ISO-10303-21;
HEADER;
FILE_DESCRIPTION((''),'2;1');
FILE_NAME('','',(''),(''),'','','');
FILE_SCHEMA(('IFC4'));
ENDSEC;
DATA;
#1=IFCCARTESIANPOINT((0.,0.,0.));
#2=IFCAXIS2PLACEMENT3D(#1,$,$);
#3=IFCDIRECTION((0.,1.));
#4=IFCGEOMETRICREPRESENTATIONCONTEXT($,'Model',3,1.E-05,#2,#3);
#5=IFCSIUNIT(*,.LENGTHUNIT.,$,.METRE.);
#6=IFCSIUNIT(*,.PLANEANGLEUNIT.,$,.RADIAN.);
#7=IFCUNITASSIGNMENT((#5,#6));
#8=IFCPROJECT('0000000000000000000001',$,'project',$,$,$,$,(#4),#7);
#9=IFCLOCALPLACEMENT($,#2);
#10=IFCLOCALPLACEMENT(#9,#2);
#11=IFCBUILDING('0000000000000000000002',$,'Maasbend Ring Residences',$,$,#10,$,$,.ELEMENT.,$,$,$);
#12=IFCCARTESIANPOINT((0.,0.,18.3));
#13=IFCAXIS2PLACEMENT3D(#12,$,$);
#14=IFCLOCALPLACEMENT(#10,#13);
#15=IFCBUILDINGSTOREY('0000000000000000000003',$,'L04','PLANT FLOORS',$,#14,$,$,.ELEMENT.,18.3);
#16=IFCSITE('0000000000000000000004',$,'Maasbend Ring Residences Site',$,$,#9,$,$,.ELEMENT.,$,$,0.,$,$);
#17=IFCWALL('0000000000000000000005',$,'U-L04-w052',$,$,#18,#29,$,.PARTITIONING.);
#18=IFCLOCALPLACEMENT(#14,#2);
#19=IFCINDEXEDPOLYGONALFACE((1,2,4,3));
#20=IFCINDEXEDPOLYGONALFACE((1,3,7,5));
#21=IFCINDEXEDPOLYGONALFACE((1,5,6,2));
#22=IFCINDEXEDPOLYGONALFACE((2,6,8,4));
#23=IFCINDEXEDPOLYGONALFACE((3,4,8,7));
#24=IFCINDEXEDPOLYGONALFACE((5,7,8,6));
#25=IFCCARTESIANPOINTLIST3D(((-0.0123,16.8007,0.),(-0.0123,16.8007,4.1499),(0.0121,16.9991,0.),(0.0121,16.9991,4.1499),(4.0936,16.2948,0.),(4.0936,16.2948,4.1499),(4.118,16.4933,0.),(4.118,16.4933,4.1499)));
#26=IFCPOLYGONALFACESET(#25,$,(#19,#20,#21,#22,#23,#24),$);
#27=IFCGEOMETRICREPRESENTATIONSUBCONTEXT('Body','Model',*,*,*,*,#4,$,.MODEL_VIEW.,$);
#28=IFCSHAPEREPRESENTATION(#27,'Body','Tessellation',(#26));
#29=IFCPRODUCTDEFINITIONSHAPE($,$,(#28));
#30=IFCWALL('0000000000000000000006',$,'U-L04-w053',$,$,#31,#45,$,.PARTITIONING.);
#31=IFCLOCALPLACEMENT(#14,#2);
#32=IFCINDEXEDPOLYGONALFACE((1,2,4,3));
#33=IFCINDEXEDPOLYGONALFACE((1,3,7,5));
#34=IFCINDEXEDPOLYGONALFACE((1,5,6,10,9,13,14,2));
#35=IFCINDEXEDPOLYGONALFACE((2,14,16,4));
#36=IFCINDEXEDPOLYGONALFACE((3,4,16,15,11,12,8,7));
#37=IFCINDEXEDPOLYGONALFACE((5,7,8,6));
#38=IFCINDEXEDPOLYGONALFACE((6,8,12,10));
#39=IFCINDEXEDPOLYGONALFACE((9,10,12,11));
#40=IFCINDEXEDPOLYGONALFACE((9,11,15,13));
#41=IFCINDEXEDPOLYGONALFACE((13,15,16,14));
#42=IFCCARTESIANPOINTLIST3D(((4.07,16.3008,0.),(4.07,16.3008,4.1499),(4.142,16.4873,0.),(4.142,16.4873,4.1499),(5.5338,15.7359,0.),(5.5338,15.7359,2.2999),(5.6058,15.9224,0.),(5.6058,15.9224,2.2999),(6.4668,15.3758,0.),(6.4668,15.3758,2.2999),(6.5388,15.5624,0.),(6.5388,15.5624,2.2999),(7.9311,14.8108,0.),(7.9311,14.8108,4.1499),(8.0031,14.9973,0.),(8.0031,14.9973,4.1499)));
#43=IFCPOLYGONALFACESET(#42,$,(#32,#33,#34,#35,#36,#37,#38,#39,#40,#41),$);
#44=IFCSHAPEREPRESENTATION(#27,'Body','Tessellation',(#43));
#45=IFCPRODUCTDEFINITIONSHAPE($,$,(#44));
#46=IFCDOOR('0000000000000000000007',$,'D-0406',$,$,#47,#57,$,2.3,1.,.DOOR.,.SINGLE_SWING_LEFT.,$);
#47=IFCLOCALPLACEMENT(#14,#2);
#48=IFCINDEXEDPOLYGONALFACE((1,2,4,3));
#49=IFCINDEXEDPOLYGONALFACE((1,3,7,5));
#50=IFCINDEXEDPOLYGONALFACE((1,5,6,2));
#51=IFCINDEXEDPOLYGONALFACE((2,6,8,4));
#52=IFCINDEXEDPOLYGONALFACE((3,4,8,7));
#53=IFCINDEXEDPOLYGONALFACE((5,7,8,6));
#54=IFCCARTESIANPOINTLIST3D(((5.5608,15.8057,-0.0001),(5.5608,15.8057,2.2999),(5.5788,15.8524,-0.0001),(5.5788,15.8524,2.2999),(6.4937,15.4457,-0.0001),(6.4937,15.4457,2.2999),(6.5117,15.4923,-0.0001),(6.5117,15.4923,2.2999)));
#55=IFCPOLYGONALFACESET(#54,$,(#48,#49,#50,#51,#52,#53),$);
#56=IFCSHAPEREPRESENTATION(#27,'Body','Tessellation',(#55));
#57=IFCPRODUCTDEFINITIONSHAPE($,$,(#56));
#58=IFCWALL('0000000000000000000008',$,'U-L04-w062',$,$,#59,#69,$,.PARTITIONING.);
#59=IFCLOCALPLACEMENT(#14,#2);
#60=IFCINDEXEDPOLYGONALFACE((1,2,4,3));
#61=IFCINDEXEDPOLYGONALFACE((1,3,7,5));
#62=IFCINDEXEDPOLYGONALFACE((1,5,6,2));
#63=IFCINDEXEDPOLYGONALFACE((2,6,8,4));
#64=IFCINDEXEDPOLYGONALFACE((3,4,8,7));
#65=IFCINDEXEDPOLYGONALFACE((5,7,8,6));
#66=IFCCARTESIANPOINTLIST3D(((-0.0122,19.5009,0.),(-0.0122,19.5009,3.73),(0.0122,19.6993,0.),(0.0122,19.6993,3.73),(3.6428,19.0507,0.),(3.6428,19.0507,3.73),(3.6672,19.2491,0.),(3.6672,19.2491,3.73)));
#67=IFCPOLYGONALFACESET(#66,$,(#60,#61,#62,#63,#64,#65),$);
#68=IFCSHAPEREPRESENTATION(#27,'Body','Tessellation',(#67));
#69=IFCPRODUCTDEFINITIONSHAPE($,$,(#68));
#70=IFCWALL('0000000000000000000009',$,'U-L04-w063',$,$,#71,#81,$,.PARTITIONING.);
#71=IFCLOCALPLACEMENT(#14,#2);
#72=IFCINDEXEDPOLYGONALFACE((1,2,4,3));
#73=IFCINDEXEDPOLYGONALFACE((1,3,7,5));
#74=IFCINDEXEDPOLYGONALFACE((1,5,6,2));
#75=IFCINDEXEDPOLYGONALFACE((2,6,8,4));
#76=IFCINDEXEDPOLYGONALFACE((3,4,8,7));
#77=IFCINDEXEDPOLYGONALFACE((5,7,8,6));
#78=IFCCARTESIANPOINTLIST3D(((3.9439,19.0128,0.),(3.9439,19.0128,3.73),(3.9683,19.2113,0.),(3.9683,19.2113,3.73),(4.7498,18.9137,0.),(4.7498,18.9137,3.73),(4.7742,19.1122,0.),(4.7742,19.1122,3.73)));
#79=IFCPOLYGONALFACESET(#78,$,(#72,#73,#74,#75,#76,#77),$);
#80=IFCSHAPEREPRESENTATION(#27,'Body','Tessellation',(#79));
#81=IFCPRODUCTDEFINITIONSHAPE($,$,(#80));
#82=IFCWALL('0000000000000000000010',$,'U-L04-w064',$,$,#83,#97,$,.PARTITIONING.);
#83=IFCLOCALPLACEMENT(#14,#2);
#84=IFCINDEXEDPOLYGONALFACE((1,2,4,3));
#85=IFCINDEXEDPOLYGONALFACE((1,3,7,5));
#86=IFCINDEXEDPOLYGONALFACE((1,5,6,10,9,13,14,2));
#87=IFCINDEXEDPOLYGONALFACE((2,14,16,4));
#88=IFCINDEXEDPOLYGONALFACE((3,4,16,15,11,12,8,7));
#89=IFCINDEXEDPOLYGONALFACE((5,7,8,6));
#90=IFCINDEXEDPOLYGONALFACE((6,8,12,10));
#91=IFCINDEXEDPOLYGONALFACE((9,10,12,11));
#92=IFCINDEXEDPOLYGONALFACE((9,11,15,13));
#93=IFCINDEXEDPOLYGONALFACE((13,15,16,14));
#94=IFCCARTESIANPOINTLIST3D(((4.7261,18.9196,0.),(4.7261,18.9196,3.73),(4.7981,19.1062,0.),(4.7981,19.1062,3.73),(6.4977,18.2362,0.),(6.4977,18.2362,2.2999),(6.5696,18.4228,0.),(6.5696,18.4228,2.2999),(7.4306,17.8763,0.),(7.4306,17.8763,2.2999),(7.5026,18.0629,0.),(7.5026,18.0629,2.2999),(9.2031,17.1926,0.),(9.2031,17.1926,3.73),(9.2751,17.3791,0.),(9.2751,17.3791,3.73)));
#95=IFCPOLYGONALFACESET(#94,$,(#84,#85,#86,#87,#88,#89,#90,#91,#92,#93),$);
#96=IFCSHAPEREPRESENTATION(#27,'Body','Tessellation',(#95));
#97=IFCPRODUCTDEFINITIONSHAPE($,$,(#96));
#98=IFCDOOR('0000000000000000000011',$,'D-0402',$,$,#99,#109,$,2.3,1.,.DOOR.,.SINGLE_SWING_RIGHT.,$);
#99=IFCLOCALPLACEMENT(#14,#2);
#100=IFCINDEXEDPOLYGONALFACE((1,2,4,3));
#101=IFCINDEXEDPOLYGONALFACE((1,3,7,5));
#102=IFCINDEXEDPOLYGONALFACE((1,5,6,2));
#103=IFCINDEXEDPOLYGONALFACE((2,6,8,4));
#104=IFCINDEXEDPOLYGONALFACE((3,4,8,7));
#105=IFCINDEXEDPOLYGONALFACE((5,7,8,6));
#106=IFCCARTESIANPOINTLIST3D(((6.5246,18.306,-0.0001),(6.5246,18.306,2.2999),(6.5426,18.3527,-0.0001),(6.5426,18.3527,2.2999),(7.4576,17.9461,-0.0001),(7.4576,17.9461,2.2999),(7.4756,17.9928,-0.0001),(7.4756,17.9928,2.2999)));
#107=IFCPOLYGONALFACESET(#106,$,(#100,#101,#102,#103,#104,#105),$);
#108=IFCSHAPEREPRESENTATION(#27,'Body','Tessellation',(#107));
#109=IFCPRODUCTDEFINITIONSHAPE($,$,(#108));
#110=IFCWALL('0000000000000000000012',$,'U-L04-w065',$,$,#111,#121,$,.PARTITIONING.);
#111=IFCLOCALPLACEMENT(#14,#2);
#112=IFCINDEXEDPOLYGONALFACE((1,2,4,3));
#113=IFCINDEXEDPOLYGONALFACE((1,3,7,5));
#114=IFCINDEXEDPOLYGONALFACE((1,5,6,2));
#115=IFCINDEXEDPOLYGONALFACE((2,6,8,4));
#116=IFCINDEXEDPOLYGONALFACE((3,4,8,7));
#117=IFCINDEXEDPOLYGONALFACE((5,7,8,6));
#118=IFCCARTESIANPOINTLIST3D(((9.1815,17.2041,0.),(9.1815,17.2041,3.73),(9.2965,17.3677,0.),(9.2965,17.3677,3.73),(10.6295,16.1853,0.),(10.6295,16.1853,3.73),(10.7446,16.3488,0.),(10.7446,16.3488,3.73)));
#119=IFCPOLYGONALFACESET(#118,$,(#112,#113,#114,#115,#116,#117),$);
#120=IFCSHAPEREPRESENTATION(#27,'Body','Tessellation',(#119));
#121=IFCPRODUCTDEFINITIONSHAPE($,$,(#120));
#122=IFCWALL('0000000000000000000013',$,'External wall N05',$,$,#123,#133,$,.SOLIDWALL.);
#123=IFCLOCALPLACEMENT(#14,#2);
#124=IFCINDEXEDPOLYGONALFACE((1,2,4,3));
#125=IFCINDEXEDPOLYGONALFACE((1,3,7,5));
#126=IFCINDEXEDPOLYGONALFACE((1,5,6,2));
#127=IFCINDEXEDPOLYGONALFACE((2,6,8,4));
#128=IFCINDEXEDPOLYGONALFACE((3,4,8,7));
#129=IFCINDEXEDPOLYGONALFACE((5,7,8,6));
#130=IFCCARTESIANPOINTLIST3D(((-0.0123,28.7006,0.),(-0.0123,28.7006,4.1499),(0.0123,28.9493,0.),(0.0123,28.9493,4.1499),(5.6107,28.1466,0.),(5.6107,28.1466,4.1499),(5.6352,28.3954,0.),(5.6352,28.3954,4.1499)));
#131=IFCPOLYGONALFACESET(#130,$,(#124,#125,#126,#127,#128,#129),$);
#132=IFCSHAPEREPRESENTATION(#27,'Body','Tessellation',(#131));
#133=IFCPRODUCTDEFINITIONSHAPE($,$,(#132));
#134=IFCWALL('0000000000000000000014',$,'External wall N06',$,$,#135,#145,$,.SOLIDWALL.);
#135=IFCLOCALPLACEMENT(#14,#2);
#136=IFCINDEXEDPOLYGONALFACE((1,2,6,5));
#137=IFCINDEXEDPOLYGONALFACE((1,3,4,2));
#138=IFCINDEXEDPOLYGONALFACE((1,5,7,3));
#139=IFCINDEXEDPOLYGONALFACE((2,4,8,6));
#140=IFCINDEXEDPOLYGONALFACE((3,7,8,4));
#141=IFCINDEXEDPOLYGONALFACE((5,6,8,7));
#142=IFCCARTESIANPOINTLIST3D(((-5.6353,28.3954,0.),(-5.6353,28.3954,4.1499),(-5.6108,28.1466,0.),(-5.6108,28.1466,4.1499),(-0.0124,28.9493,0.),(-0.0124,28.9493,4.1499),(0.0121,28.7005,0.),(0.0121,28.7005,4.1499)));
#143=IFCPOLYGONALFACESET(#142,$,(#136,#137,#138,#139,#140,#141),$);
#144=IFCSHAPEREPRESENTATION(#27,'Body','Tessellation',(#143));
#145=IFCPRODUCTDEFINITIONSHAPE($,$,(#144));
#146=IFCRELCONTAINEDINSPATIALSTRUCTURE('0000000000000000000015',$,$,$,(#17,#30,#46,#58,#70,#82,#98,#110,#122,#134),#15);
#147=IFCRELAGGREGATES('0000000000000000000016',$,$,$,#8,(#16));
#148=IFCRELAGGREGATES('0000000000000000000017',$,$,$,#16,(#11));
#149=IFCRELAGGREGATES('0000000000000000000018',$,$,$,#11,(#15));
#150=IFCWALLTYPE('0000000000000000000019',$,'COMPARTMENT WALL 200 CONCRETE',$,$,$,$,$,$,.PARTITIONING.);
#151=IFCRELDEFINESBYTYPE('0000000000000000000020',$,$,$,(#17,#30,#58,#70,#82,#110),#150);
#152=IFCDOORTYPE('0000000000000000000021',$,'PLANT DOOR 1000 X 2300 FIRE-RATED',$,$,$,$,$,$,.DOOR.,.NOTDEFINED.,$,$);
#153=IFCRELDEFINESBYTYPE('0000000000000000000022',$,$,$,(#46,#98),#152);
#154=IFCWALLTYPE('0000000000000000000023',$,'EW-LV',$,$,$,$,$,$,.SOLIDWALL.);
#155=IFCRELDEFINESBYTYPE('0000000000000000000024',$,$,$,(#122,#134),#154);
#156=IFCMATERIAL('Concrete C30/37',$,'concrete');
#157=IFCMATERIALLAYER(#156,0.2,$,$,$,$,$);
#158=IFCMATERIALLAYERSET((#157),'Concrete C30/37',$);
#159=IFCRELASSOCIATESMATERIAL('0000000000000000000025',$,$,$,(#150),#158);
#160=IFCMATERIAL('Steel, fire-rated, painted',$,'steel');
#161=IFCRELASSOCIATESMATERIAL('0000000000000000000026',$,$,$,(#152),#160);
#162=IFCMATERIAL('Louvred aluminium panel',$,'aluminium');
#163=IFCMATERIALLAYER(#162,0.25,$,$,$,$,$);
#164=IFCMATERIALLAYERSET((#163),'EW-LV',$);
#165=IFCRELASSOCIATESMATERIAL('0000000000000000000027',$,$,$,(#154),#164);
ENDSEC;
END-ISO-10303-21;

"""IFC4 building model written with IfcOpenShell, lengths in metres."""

from ifc_helpers import new_model, si_unit, direction, frame, frame_2d, origin, place, context, subcontext, project, spatial, rectangle, extrude, material, layer, layer_set, type_object, element, fill, save


model = new_model("IFC4")

# Units and contexts
model_context = context("Model", 3, precision=1e-05, world=origin(), true_north=direction((0.0, 1.0)))
body_context = subcontext(model_context, "Body", "Model", "MODEL_VIEW")
ifc_project = project(units=[si_unit("LENGTHUNIT", "METRE"), si_unit("PLANEANGLEUNIT", "RADIAN")], contexts=[model_context])

# Site, building, storey
site_placement = place(None, origin())
site = spatial("IfcSite", under=ifc_project, at=site_placement, Name="Maasbend Ring Residences Site", CompositionType="ELEMENT", RefElevation=0.0)
building_placement = place(site_placement, origin())
building = spatial("IfcBuilding", under=site, at=building_placement, Name="Maasbend Ring Residences", CompositionType="ELEMENT")
storey_placement = place(building_placement, frame((0.0, 0.0, 18.3)))
storey = spatial("IfcBuildingStorey", under=building, at=storey_placement, Name="L04", Description="PLANT FLOORS", CompositionType="ELEMENT", Elevation=18.3)

# Wall
ifc_material_1 = material(Name="Concrete C30/37", Category="concrete")
ifc_layer_1 = layer(ifc_material_1, 0.2)
ifc_layer_set_1 = layer_set([ifc_layer_1], Name="Concrete C30/37")
wall_type_1 = type_object("IfcWallType", Name="COMPARTMENT WALL 200 CONCRETE", PredefinedType="PARTITIONING", material=ifc_layer_set_1)
wall_1_placement = place(storey_placement, frame((0.0, 16.8999, 0.0), z_axis=(0.0, 0.0, 1.0), x_axis=(0.992496, -0.122277, 0.0)))
element("IfcWall", 1, at=wall_1_placement, inside=storey, type_object=wall_type_1, Name="U-L04-w052", PredefinedType="PARTITIONING", context=body_context, shape_type="SweptSolid", body=[
    extrude(rectangle(XDim=4.137, YDim=0.2, at=frame_2d((2.0684, 0.0))), origin(), (0.0, 0.0, 1.0), 4.1499),
])

# Wall, opening, door
wall_2_placement = place(storey_placement, frame((4.106, 16.394, 0.0), z_axis=(0.0, 0.0, 1.0), x_axis=(0.932944, -0.360022, 0.0)))
wall_2 = element("IfcWall", 2, at=wall_2_placement, inside=storey, type_object=wall_type_1, Name="U-L04-w053", PredefinedType="PARTITIONING", context=body_context, shape_type="SweptSolid", body=[
    extrude(rectangle(XDim=4.1387, YDim=0.2, at=frame_2d((2.0693, 0.0))), origin(), (0.0, 0.0, 1.0), 4.1499),
])
opening_1_placement = place(wall_2_placement, frame((1.5691, 0.0, 0.0)))
opening_1 = element("IfcOpeningElement", 3, at=opening_1_placement, cuts=wall_2, PredefinedType="OPENING", context=body_context, shape_type="SweptSolid", body=[
    extrude(rectangle(XDim=1.0, YDim=2.3, at=frame_2d((0.5, 1.1499))), frame((0.0, 0.1099, 0.0), z_axis=(0.0, -1.0, 0.0), x_axis=(1.0, 0.0, 0.0)), (0.0, 0.0, 1.0), 0.22),
])
ifc_material_2 = material(Name="Steel, fire-rated, painted", Category="steel")
door_type = type_object("IfcDoorType", Name="PLANT DOOR 1000 X 2300 FIRE-RATED", OperationType="NOTDEFINED", PredefinedType="DOOR", material=ifc_material_2)
door_1_placement = place(opening_1_placement, origin())
door_1 = element("IfcDoor", 4, at=door_1_placement, inside=storey, type_object=door_type, Name="D-0406", OperationType="SINGLE_SWING_LEFT", OverallHeight=2.3, OverallWidth=1.0, PredefinedType="DOOR", context=body_context, shape_type="SweptSolid", body=[
    extrude(rectangle(XDim=1.0, YDim=2.3, at=frame_2d((0.5, 1.1499))), frame((0.0, 0.0249, 0.0), z_axis=(0.0, -1.0, 0.0), x_axis=(1.0, 0.0, 0.0)), (0.0, 0.0, 1.0), 0.05),
])
fill(opening_1, door_1)

# Walls
wall_3_placement = place(storey_placement, frame((0.0, 19.6001, 0.0), z_axis=(0.0, 0.0, 1.0), x_axis=(0.9925, -0.122248, 0.0)))
element("IfcWall", 5, at=wall_3_placement, inside=storey, type_object=wall_type_1, Name="U-L04-w062", PredefinedType="PARTITIONING", context=body_context, shape_type="SweptSolid", body=[
    extrude(rectangle(XDim=3.6826, YDim=0.2, at=frame_2d((1.8413, 0.0))), origin(), (0.0, 0.0, 1.0), 3.73),
])
wall_4_placement = place(storey_placement, frame((3.9561, 19.1121, 0.0), z_axis=(0.0, 0.0, 1.0), x_axis=(0.992521, -0.122073, 0.0)))
element("IfcWall", 6, at=wall_4_placement, inside=storey, type_object=wall_type_1, Name="U-L04-w063", PredefinedType="PARTITIONING", context=body_context, shape_type="SweptSolid", body=[
    extrude(rectangle(XDim=0.812, YDim=0.2, at=frame_2d((0.406, 0.0))), origin(), (0.0, 0.0, 1.0), 3.73),
])

# Wall, opening, door
wall_5_placement = place(storey_placement, frame((4.762, 19.0129, 0.0), z_axis=(0.0, 0.0, 1.0), x_axis=(0.932988, -0.359906, 0.0)))
wall_5 = element("IfcWall", 7, at=wall_5_placement, inside=storey, type_object=wall_type_1, Name="U-L04-w064", PredefinedType="PARTITIONING", context=body_context, shape_type="SweptSolid", body=[
    extrude(rectangle(XDim=4.7986, YDim=0.2, at=frame_2d((2.3994, 0.0))), origin(), (0.0, 0.0, 1.0), 3.73),
])
opening_2_placement = place(wall_5_placement, frame((1.8989, 0.0, 0.0)))
opening_2 = element("IfcOpeningElement", 8, at=opening_2_placement, cuts=wall_5, PredefinedType="OPENING", context=body_context, shape_type="SweptSolid", body=[
    extrude(rectangle(XDim=1.0, YDim=2.3, at=frame_2d((0.5, 1.1499))), frame((0.0, 0.1099, 0.0), z_axis=(0.0, -1.0, 0.0), x_axis=(1.0, 0.0, 0.0)), (0.0, 0.0, 1.0), 0.22),
])
door_2_placement = place(opening_2_placement, origin())
door_2 = element("IfcDoor", 9, at=door_2_placement, inside=storey, type_object=door_type, Name="D-0402", OperationType="SINGLE_SWING_RIGHT", OverallHeight=2.3, OverallWidth=1.0, PredefinedType="DOOR", context=body_context, shape_type="SweptSolid", body=[
    extrude(rectangle(XDim=1.0, YDim=2.3, at=frame_2d((0.5, 1.1499))), frame((0.0, 0.0249, 0.0), z_axis=(0.0, -1.0, 0.0), x_axis=(1.0, 0.0, 0.0)), (0.0, 0.0, 1.0), 0.05),
])
fill(opening_2, door_2)

# Walls
wall_6_placement = place(storey_placement, frame((9.239, 17.2859, 0.0), z_axis=(0.0, 0.0, 1.0), x_axis=(0.81785, -0.575432, 0.0)))
element("IfcWall", 10, at=wall_6_placement, inside=storey, type_object=wall_type_1, Name="U-L04-w065", PredefinedType="PARTITIONING", context=body_context, shape_type="SweptSolid", body=[
    extrude(rectangle(XDim=1.7705, YDim=0.2, at=frame_2d((0.8853, 0.0))), origin(), (0.0, 0.0, 1.0), 3.73),
])
ifc_material_3 = material(Name="Louvred aluminium panel", Category="aluminium")
ifc_layer_2 = layer(ifc_material_3, 0.25)
ifc_layer_set_2 = layer_set([ifc_layer_2], Name="EW-LV")
wall_type_2 = type_object("IfcWallType", Name="EW-LV", PredefinedType="SOLIDWALL", material=ifc_layer_set_2)
for number, where, z_axis, x_axis, name in (
    (11, (5.623, 28.271, 0.0), (0.0, 0.0, 1.0), (-0.995182, 0.098041, 0.0), "External wall N05"),
    (12, (0.0, 28.825, 0.0), (0.0, 0.0, 1.0), (-0.995182, -0.098041, 0.0), "External wall N06"),
):
    element("IfcWall", number, at=place(storey_placement, frame(where, z_axis=z_axis, x_axis=x_axis)), inside=storey, type_object=wall_type_2, Name=name, PredefinedType="SOLIDWALL", context=body_context, shape_type="SweptSolid", body=[
        extrude(rectangle(XDim=5.6501, YDim=0.25, at=frame_2d((2.8252, 0.0))), origin(), (0.0, 0.0, 1.0), 4.1499),
    ])

save(model, "model.ifc")
